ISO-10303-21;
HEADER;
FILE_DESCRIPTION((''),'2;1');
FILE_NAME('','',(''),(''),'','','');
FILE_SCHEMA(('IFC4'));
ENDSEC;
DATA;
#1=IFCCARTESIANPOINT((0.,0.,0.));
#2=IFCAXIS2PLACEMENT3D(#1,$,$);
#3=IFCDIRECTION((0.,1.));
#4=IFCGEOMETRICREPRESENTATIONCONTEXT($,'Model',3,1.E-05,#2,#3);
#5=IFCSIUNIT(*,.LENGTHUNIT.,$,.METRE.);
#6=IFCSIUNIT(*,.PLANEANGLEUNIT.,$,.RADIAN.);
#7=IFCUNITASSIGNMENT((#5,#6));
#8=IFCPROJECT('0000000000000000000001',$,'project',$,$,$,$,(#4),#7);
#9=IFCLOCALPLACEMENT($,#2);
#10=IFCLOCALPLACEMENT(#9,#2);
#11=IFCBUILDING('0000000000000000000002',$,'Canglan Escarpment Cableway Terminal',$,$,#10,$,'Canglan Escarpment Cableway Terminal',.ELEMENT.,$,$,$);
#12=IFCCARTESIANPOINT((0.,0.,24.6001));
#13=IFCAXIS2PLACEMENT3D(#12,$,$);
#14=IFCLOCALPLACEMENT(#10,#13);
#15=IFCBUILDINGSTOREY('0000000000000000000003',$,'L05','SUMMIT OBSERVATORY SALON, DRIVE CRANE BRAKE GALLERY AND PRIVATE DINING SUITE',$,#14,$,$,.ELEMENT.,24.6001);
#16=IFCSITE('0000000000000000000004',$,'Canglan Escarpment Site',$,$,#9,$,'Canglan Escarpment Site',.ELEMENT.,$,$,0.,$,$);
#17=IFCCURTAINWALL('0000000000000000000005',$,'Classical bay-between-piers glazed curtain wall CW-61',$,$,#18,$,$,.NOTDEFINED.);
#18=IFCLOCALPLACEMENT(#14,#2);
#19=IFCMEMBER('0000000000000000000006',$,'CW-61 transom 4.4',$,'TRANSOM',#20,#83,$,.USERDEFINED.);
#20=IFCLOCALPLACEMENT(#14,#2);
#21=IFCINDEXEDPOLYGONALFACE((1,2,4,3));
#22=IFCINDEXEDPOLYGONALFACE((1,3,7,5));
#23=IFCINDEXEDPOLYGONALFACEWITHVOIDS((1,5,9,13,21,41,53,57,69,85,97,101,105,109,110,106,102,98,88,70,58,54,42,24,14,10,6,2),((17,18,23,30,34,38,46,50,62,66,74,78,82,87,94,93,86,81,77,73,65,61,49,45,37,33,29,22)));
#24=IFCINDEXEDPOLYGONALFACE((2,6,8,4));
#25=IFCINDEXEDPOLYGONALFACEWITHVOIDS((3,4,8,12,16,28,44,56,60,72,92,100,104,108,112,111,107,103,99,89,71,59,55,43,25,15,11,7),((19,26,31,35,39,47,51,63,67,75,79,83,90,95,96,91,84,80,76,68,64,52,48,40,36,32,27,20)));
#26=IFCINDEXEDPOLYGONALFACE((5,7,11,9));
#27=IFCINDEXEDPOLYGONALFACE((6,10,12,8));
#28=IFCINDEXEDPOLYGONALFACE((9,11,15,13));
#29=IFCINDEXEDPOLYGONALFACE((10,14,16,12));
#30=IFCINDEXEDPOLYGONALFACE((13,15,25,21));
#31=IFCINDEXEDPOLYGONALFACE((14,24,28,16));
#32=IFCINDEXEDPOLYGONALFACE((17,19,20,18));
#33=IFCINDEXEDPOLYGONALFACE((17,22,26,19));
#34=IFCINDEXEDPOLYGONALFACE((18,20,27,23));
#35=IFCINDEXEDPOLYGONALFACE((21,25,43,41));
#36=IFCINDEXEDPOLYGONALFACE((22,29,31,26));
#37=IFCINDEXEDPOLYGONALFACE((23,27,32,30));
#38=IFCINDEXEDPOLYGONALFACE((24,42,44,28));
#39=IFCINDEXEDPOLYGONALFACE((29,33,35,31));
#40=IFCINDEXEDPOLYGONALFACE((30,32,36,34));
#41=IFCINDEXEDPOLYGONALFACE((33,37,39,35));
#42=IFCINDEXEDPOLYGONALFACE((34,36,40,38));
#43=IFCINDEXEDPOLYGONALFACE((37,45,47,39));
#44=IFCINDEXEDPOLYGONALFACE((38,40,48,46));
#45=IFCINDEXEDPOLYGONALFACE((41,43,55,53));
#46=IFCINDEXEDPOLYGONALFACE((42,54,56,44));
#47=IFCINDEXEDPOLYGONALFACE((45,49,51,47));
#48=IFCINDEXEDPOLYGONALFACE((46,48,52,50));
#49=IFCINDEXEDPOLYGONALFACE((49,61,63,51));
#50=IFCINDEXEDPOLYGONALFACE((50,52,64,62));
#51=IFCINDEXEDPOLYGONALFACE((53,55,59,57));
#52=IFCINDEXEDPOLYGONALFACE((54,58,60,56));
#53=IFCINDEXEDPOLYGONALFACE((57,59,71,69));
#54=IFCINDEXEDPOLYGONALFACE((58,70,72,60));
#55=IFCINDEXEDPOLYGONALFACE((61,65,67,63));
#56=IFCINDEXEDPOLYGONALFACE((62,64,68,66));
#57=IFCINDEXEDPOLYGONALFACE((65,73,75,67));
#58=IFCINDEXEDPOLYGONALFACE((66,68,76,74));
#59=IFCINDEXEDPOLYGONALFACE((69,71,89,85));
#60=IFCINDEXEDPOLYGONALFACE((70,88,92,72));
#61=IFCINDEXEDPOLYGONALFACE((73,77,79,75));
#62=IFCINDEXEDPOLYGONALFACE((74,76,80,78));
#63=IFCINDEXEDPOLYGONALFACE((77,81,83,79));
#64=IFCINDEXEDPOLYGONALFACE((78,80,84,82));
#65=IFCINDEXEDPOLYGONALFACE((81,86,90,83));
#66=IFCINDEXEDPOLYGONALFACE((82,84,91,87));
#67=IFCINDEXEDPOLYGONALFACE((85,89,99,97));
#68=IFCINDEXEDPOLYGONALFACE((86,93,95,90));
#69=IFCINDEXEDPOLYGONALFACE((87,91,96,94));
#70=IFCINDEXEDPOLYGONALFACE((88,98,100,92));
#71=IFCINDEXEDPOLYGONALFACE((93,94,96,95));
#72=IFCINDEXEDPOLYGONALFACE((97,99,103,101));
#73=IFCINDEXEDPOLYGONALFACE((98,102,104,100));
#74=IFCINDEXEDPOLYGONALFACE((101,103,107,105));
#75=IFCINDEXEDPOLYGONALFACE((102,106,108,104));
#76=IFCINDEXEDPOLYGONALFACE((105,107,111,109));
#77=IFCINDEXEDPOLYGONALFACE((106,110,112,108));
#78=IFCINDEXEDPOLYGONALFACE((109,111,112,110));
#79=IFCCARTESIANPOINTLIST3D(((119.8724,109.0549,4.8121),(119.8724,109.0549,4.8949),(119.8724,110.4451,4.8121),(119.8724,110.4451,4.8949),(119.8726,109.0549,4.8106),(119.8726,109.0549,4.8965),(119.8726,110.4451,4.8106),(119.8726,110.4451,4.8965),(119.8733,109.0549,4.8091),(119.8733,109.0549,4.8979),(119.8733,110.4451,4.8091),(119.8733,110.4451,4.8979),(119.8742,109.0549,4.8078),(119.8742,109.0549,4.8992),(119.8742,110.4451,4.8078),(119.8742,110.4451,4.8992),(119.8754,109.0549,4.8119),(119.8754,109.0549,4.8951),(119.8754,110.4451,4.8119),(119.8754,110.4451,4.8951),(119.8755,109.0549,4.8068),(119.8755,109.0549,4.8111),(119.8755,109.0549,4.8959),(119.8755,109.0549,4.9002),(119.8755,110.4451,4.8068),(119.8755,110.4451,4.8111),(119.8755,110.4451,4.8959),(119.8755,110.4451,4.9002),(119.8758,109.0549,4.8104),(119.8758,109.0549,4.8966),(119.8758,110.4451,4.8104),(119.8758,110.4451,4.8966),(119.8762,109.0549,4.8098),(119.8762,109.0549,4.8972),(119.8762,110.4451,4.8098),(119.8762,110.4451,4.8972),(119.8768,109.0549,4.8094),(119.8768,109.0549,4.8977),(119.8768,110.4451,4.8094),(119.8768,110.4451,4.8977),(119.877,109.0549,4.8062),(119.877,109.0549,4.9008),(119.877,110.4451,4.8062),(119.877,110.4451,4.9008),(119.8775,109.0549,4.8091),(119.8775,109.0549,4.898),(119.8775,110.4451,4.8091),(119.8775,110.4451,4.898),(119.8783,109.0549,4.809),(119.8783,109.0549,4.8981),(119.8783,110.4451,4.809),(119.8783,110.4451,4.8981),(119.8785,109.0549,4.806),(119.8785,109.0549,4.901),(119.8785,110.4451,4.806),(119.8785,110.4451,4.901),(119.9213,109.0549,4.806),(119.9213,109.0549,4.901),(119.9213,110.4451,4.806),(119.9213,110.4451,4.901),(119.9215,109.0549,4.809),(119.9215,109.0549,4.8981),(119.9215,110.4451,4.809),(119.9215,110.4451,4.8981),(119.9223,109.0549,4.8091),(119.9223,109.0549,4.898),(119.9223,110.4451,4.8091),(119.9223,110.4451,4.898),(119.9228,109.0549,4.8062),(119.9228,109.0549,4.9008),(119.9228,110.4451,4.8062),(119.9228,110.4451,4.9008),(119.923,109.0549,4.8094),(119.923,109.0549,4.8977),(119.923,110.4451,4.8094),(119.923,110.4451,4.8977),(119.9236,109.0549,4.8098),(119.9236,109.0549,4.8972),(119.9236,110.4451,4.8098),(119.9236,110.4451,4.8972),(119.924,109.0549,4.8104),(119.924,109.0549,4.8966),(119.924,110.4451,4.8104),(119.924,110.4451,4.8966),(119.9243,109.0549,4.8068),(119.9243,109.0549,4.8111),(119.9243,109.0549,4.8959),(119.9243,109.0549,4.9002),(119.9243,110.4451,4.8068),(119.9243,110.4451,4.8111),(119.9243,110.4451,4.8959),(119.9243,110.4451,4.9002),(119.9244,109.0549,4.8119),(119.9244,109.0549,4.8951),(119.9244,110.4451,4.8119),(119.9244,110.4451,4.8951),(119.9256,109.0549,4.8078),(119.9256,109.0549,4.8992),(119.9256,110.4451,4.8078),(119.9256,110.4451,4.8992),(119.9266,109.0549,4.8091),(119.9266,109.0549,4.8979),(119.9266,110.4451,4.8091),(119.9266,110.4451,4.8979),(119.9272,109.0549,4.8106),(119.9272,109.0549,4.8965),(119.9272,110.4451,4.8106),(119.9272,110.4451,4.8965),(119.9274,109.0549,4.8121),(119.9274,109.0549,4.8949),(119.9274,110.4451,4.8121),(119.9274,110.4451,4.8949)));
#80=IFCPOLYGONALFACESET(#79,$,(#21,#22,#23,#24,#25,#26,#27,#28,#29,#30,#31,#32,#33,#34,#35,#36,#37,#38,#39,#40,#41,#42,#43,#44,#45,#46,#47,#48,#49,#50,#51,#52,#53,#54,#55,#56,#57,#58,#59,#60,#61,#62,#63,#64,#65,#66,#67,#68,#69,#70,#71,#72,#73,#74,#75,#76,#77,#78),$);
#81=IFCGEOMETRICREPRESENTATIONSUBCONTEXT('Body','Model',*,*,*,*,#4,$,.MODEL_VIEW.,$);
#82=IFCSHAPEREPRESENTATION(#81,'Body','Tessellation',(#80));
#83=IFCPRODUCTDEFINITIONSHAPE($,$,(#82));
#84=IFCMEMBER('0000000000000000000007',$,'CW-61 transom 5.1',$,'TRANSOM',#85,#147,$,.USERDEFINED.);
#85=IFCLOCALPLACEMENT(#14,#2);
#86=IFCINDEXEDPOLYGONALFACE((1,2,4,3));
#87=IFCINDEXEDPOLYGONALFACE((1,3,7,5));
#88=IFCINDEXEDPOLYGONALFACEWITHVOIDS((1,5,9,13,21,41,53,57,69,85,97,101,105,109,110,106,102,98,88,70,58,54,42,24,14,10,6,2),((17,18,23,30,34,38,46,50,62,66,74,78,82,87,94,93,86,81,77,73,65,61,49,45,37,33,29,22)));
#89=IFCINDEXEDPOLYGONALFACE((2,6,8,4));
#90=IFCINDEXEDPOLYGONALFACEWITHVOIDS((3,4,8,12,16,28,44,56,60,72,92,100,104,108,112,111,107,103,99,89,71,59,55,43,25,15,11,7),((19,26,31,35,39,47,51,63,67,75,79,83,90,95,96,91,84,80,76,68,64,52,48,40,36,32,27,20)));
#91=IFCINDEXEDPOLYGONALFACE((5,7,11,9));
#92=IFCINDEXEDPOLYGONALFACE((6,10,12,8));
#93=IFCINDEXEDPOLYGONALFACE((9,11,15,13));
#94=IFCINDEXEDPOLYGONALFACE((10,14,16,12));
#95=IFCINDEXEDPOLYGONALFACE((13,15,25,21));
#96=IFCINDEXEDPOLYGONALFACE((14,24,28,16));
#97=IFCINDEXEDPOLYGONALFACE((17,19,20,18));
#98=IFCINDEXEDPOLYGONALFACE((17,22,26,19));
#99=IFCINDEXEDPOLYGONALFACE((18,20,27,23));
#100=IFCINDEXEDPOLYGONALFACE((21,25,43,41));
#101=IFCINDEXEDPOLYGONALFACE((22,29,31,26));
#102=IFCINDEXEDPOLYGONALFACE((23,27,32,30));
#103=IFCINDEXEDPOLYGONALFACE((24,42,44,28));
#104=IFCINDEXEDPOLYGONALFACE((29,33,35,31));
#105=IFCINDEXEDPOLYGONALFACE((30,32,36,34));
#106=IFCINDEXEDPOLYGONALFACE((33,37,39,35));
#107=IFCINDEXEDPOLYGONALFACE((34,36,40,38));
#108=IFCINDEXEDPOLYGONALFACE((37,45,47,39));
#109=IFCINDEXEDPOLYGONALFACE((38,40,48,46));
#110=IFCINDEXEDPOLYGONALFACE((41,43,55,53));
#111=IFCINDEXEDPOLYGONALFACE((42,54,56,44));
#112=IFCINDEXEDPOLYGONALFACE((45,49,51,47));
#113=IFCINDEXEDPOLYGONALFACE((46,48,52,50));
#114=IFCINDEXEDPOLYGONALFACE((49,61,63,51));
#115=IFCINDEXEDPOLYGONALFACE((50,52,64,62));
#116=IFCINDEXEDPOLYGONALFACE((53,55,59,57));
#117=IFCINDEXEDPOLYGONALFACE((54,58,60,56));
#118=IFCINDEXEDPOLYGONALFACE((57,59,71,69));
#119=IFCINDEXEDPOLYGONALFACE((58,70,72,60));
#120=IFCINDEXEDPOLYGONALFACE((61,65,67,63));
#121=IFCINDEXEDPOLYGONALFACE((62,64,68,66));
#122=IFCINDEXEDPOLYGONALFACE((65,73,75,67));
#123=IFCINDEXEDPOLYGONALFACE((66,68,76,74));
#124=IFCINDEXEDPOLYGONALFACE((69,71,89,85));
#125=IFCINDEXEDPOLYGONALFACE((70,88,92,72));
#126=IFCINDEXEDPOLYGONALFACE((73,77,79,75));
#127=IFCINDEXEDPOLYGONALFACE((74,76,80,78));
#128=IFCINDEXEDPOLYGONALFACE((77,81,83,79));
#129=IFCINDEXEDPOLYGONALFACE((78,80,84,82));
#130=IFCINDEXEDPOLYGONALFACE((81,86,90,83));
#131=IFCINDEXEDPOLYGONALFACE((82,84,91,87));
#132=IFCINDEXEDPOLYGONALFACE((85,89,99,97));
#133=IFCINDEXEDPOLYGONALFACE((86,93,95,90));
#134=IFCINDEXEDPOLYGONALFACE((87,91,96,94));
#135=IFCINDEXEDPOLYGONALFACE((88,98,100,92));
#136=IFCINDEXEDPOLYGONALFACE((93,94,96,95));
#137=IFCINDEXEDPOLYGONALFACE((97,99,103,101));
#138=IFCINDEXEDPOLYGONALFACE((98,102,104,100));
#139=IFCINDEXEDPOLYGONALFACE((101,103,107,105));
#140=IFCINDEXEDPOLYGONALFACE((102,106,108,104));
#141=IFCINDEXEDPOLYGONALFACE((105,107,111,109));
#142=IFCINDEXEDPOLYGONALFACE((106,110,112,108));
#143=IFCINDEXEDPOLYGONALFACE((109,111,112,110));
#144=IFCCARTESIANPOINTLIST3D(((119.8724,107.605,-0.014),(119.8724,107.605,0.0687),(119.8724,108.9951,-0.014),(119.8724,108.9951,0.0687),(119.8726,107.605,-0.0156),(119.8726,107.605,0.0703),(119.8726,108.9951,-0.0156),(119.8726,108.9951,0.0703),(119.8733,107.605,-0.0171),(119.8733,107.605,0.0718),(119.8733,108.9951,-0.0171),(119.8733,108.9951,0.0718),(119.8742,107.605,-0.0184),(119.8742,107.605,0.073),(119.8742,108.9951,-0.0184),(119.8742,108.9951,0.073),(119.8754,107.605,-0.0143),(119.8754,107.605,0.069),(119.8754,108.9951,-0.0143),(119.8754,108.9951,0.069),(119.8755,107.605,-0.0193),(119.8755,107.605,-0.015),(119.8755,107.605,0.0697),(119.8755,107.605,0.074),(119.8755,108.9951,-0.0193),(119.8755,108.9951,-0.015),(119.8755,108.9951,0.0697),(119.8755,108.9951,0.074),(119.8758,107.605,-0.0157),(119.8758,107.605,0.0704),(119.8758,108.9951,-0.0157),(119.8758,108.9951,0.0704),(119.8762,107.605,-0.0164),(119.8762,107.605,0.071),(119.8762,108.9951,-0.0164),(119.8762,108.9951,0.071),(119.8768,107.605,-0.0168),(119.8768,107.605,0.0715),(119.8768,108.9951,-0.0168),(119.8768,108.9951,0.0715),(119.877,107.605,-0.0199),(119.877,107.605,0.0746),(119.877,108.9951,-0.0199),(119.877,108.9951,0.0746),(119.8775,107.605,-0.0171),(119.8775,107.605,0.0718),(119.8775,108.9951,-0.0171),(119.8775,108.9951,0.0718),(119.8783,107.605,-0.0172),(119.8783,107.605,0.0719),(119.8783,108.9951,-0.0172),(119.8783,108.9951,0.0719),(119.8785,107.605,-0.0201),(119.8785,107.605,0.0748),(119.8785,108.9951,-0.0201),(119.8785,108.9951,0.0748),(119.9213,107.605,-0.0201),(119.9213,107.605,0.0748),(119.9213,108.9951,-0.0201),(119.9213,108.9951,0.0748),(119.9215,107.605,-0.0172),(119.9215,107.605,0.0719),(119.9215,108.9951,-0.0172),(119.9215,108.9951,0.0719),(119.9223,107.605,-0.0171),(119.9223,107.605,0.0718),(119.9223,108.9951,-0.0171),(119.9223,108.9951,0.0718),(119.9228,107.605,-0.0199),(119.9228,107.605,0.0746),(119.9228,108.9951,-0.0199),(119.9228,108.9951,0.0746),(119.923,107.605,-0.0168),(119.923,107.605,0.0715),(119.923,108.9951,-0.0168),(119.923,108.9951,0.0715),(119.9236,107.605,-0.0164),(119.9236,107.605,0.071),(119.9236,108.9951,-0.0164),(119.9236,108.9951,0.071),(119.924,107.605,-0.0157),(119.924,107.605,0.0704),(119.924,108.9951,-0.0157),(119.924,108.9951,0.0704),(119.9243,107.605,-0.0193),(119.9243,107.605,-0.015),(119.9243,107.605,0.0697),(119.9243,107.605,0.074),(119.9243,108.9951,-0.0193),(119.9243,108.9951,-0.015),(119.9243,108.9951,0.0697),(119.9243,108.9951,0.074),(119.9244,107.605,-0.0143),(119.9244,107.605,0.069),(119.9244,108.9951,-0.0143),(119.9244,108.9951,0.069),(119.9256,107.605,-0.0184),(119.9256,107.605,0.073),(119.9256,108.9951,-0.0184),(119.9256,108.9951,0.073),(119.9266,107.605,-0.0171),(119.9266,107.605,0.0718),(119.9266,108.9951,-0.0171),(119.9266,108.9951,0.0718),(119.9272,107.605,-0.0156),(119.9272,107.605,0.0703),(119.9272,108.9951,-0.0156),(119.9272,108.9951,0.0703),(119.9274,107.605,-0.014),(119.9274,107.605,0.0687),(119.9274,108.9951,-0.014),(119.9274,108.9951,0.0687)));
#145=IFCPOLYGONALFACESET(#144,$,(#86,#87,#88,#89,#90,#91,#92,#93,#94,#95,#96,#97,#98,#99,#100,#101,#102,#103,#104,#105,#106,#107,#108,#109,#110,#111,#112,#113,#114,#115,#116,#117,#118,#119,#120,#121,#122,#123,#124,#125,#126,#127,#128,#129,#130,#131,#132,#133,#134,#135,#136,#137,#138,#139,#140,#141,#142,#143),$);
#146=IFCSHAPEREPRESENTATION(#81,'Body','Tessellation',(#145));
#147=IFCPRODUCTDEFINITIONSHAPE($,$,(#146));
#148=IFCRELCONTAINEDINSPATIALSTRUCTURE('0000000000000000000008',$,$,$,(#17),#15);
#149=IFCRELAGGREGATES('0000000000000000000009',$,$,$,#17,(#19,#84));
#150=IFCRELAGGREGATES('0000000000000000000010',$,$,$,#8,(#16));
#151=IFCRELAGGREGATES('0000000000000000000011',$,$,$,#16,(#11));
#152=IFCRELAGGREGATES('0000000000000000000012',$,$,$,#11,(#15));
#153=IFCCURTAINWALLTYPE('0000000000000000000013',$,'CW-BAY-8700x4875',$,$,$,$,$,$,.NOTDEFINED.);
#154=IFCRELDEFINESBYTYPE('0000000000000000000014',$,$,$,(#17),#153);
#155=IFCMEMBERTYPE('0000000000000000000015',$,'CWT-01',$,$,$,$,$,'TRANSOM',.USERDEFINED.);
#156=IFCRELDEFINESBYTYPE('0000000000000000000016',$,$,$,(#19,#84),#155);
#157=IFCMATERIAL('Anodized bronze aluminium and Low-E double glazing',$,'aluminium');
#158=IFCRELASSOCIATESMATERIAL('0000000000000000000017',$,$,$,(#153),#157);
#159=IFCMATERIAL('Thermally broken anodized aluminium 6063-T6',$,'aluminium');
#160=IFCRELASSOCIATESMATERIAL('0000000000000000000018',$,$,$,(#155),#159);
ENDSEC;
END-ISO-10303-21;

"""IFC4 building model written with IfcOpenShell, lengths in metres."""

from ifc_helpers import new_model, si_unit, direction, frame, origin, origin_2d, place, context, subcontext, project, spatial, hollow_rectangle, extrude, material, material_profile, profile_set, type_object, element, aggregate, save


model = new_model("IFC4")

# Units and contexts
model_context = context("Model", 3, precision=1e-05, world=origin(), true_north=direction((0.0, 1.0)))
body_context = subcontext(model_context, "Body", "Model", "MODEL_VIEW")
ifc_project = project(units=[si_unit("LENGTHUNIT", "METRE"), si_unit("PLANEANGLEUNIT", "RADIAN")], contexts=[model_context])

# Site, building, storey
site_placement = place(None, origin())
site = spatial("IfcSite", under=ifc_project, at=site_placement, Name="Canglan Escarpment Site", LongName="Canglan Escarpment Site", CompositionType="ELEMENT", RefElevation=0.0)
building_placement = place(site_placement, origin())
building = spatial("IfcBuilding", under=site, at=building_placement, Name="Canglan Escarpment Cableway Terminal", LongName="Canglan Escarpment Cableway Terminal", CompositionType="ELEMENT")
storey_placement = place(building_placement, frame((0.0, 0.0, 24.6001)))
storey = spatial("IfcBuildingStorey", under=building, at=storey_placement, Name="L05", Description="SUMMIT OBSERVATORY SALON, DRIVE CRANE BRAKE GALLERY AND PRIVATE DINING SUITE", CompositionType="ELEMENT", Elevation=24.6001)

# Curtain wall, members
ifc_material_1 = material(Name="Anodized bronze aluminium and Low-E double glazing", Category="aluminium")
curtain_wall_type = type_object("IfcCurtainWallType", Name="CW-BAY-8700x4875", PredefinedType="NOTDEFINED", material=ifc_material_1)
curtain_wall_placement = place(storey_placement, origin())
curtain_wall = element("IfcCurtainWall", 1, at=curtain_wall_placement, inside=storey, type_object=curtain_wall_type, Name="Classical bay-between-piers glazed curtain wall CW-61", PredefinedType="NOTDEFINED")
ifc_material_2 = material(Name="Thermally broken anodized aluminium 6063-T6", Category="aluminium")
ifc_material_profile_1 = material_profile(ifc_material_2, hollow_rectangle(XDim=0.0549, YDim=0.095, WallThickness=0.0029, InnerFilletRadius=0.0029, OuterFilletRadius=0.0061, at=origin_2d()), Name="ALU-TRAN 55x95x3")
ifc_profile_set_1 = profile_set([ifc_material_profile_1], Name="Thermally broken anodized aluminium 6063-T6")
member_type_1 = type_object("IfcMemberType", Name="CWT-01", ElementType="TRANSOM", PredefinedType="USERDEFINED", material=ifc_profile_set_1)
member_1_placement = place(storey_placement, frame((119.8999, 110.4451, 4.8535), z_axis=(0.0, -1.0, 0.0), x_axis=(1.0, 0.0, 0.0)))
member_1 = element("IfcMember", 2, at=member_1_placement, type_object=member_type_1, Name="CW-61 transom 4.4", ObjectType="TRANSOM", PredefinedType="USERDEFINED", context=body_context, shape_type="SweptSolid", body=[
    extrude(hollow_rectangle(XDim=0.0549, YDim=0.095, WallThickness=0.0029, InnerFilletRadius=0.0029, OuterFilletRadius=0.0061, at=origin_2d()), origin(), (0.0, 0.0, 1.0), 1.3901),
])
member_2_placement = place(storey_placement, frame((119.8999, 108.9951, 0.0273), z_axis=(0.0, -1.0, 0.0), x_axis=(1.0, 0.0, 0.0)))
member_2 = element("IfcMember", 3, at=member_2_placement, type_object=member_type_1, Name="CW-61 transom 5.1", ObjectType="TRANSOM", PredefinedType="USERDEFINED", context=body_context, shape_type="SweptSolid", body=[
    extrude(hollow_rectangle(XDim=0.0549, YDim=0.095, WallThickness=0.0029, InnerFilletRadius=0.0029, OuterFilletRadius=0.0061, at=origin_2d()), origin(), (0.0, 0.0, 1.0), 1.3901),
])
aggregate(curtain_wall, [member_1, member_2])

save(model, "model.ifc")
